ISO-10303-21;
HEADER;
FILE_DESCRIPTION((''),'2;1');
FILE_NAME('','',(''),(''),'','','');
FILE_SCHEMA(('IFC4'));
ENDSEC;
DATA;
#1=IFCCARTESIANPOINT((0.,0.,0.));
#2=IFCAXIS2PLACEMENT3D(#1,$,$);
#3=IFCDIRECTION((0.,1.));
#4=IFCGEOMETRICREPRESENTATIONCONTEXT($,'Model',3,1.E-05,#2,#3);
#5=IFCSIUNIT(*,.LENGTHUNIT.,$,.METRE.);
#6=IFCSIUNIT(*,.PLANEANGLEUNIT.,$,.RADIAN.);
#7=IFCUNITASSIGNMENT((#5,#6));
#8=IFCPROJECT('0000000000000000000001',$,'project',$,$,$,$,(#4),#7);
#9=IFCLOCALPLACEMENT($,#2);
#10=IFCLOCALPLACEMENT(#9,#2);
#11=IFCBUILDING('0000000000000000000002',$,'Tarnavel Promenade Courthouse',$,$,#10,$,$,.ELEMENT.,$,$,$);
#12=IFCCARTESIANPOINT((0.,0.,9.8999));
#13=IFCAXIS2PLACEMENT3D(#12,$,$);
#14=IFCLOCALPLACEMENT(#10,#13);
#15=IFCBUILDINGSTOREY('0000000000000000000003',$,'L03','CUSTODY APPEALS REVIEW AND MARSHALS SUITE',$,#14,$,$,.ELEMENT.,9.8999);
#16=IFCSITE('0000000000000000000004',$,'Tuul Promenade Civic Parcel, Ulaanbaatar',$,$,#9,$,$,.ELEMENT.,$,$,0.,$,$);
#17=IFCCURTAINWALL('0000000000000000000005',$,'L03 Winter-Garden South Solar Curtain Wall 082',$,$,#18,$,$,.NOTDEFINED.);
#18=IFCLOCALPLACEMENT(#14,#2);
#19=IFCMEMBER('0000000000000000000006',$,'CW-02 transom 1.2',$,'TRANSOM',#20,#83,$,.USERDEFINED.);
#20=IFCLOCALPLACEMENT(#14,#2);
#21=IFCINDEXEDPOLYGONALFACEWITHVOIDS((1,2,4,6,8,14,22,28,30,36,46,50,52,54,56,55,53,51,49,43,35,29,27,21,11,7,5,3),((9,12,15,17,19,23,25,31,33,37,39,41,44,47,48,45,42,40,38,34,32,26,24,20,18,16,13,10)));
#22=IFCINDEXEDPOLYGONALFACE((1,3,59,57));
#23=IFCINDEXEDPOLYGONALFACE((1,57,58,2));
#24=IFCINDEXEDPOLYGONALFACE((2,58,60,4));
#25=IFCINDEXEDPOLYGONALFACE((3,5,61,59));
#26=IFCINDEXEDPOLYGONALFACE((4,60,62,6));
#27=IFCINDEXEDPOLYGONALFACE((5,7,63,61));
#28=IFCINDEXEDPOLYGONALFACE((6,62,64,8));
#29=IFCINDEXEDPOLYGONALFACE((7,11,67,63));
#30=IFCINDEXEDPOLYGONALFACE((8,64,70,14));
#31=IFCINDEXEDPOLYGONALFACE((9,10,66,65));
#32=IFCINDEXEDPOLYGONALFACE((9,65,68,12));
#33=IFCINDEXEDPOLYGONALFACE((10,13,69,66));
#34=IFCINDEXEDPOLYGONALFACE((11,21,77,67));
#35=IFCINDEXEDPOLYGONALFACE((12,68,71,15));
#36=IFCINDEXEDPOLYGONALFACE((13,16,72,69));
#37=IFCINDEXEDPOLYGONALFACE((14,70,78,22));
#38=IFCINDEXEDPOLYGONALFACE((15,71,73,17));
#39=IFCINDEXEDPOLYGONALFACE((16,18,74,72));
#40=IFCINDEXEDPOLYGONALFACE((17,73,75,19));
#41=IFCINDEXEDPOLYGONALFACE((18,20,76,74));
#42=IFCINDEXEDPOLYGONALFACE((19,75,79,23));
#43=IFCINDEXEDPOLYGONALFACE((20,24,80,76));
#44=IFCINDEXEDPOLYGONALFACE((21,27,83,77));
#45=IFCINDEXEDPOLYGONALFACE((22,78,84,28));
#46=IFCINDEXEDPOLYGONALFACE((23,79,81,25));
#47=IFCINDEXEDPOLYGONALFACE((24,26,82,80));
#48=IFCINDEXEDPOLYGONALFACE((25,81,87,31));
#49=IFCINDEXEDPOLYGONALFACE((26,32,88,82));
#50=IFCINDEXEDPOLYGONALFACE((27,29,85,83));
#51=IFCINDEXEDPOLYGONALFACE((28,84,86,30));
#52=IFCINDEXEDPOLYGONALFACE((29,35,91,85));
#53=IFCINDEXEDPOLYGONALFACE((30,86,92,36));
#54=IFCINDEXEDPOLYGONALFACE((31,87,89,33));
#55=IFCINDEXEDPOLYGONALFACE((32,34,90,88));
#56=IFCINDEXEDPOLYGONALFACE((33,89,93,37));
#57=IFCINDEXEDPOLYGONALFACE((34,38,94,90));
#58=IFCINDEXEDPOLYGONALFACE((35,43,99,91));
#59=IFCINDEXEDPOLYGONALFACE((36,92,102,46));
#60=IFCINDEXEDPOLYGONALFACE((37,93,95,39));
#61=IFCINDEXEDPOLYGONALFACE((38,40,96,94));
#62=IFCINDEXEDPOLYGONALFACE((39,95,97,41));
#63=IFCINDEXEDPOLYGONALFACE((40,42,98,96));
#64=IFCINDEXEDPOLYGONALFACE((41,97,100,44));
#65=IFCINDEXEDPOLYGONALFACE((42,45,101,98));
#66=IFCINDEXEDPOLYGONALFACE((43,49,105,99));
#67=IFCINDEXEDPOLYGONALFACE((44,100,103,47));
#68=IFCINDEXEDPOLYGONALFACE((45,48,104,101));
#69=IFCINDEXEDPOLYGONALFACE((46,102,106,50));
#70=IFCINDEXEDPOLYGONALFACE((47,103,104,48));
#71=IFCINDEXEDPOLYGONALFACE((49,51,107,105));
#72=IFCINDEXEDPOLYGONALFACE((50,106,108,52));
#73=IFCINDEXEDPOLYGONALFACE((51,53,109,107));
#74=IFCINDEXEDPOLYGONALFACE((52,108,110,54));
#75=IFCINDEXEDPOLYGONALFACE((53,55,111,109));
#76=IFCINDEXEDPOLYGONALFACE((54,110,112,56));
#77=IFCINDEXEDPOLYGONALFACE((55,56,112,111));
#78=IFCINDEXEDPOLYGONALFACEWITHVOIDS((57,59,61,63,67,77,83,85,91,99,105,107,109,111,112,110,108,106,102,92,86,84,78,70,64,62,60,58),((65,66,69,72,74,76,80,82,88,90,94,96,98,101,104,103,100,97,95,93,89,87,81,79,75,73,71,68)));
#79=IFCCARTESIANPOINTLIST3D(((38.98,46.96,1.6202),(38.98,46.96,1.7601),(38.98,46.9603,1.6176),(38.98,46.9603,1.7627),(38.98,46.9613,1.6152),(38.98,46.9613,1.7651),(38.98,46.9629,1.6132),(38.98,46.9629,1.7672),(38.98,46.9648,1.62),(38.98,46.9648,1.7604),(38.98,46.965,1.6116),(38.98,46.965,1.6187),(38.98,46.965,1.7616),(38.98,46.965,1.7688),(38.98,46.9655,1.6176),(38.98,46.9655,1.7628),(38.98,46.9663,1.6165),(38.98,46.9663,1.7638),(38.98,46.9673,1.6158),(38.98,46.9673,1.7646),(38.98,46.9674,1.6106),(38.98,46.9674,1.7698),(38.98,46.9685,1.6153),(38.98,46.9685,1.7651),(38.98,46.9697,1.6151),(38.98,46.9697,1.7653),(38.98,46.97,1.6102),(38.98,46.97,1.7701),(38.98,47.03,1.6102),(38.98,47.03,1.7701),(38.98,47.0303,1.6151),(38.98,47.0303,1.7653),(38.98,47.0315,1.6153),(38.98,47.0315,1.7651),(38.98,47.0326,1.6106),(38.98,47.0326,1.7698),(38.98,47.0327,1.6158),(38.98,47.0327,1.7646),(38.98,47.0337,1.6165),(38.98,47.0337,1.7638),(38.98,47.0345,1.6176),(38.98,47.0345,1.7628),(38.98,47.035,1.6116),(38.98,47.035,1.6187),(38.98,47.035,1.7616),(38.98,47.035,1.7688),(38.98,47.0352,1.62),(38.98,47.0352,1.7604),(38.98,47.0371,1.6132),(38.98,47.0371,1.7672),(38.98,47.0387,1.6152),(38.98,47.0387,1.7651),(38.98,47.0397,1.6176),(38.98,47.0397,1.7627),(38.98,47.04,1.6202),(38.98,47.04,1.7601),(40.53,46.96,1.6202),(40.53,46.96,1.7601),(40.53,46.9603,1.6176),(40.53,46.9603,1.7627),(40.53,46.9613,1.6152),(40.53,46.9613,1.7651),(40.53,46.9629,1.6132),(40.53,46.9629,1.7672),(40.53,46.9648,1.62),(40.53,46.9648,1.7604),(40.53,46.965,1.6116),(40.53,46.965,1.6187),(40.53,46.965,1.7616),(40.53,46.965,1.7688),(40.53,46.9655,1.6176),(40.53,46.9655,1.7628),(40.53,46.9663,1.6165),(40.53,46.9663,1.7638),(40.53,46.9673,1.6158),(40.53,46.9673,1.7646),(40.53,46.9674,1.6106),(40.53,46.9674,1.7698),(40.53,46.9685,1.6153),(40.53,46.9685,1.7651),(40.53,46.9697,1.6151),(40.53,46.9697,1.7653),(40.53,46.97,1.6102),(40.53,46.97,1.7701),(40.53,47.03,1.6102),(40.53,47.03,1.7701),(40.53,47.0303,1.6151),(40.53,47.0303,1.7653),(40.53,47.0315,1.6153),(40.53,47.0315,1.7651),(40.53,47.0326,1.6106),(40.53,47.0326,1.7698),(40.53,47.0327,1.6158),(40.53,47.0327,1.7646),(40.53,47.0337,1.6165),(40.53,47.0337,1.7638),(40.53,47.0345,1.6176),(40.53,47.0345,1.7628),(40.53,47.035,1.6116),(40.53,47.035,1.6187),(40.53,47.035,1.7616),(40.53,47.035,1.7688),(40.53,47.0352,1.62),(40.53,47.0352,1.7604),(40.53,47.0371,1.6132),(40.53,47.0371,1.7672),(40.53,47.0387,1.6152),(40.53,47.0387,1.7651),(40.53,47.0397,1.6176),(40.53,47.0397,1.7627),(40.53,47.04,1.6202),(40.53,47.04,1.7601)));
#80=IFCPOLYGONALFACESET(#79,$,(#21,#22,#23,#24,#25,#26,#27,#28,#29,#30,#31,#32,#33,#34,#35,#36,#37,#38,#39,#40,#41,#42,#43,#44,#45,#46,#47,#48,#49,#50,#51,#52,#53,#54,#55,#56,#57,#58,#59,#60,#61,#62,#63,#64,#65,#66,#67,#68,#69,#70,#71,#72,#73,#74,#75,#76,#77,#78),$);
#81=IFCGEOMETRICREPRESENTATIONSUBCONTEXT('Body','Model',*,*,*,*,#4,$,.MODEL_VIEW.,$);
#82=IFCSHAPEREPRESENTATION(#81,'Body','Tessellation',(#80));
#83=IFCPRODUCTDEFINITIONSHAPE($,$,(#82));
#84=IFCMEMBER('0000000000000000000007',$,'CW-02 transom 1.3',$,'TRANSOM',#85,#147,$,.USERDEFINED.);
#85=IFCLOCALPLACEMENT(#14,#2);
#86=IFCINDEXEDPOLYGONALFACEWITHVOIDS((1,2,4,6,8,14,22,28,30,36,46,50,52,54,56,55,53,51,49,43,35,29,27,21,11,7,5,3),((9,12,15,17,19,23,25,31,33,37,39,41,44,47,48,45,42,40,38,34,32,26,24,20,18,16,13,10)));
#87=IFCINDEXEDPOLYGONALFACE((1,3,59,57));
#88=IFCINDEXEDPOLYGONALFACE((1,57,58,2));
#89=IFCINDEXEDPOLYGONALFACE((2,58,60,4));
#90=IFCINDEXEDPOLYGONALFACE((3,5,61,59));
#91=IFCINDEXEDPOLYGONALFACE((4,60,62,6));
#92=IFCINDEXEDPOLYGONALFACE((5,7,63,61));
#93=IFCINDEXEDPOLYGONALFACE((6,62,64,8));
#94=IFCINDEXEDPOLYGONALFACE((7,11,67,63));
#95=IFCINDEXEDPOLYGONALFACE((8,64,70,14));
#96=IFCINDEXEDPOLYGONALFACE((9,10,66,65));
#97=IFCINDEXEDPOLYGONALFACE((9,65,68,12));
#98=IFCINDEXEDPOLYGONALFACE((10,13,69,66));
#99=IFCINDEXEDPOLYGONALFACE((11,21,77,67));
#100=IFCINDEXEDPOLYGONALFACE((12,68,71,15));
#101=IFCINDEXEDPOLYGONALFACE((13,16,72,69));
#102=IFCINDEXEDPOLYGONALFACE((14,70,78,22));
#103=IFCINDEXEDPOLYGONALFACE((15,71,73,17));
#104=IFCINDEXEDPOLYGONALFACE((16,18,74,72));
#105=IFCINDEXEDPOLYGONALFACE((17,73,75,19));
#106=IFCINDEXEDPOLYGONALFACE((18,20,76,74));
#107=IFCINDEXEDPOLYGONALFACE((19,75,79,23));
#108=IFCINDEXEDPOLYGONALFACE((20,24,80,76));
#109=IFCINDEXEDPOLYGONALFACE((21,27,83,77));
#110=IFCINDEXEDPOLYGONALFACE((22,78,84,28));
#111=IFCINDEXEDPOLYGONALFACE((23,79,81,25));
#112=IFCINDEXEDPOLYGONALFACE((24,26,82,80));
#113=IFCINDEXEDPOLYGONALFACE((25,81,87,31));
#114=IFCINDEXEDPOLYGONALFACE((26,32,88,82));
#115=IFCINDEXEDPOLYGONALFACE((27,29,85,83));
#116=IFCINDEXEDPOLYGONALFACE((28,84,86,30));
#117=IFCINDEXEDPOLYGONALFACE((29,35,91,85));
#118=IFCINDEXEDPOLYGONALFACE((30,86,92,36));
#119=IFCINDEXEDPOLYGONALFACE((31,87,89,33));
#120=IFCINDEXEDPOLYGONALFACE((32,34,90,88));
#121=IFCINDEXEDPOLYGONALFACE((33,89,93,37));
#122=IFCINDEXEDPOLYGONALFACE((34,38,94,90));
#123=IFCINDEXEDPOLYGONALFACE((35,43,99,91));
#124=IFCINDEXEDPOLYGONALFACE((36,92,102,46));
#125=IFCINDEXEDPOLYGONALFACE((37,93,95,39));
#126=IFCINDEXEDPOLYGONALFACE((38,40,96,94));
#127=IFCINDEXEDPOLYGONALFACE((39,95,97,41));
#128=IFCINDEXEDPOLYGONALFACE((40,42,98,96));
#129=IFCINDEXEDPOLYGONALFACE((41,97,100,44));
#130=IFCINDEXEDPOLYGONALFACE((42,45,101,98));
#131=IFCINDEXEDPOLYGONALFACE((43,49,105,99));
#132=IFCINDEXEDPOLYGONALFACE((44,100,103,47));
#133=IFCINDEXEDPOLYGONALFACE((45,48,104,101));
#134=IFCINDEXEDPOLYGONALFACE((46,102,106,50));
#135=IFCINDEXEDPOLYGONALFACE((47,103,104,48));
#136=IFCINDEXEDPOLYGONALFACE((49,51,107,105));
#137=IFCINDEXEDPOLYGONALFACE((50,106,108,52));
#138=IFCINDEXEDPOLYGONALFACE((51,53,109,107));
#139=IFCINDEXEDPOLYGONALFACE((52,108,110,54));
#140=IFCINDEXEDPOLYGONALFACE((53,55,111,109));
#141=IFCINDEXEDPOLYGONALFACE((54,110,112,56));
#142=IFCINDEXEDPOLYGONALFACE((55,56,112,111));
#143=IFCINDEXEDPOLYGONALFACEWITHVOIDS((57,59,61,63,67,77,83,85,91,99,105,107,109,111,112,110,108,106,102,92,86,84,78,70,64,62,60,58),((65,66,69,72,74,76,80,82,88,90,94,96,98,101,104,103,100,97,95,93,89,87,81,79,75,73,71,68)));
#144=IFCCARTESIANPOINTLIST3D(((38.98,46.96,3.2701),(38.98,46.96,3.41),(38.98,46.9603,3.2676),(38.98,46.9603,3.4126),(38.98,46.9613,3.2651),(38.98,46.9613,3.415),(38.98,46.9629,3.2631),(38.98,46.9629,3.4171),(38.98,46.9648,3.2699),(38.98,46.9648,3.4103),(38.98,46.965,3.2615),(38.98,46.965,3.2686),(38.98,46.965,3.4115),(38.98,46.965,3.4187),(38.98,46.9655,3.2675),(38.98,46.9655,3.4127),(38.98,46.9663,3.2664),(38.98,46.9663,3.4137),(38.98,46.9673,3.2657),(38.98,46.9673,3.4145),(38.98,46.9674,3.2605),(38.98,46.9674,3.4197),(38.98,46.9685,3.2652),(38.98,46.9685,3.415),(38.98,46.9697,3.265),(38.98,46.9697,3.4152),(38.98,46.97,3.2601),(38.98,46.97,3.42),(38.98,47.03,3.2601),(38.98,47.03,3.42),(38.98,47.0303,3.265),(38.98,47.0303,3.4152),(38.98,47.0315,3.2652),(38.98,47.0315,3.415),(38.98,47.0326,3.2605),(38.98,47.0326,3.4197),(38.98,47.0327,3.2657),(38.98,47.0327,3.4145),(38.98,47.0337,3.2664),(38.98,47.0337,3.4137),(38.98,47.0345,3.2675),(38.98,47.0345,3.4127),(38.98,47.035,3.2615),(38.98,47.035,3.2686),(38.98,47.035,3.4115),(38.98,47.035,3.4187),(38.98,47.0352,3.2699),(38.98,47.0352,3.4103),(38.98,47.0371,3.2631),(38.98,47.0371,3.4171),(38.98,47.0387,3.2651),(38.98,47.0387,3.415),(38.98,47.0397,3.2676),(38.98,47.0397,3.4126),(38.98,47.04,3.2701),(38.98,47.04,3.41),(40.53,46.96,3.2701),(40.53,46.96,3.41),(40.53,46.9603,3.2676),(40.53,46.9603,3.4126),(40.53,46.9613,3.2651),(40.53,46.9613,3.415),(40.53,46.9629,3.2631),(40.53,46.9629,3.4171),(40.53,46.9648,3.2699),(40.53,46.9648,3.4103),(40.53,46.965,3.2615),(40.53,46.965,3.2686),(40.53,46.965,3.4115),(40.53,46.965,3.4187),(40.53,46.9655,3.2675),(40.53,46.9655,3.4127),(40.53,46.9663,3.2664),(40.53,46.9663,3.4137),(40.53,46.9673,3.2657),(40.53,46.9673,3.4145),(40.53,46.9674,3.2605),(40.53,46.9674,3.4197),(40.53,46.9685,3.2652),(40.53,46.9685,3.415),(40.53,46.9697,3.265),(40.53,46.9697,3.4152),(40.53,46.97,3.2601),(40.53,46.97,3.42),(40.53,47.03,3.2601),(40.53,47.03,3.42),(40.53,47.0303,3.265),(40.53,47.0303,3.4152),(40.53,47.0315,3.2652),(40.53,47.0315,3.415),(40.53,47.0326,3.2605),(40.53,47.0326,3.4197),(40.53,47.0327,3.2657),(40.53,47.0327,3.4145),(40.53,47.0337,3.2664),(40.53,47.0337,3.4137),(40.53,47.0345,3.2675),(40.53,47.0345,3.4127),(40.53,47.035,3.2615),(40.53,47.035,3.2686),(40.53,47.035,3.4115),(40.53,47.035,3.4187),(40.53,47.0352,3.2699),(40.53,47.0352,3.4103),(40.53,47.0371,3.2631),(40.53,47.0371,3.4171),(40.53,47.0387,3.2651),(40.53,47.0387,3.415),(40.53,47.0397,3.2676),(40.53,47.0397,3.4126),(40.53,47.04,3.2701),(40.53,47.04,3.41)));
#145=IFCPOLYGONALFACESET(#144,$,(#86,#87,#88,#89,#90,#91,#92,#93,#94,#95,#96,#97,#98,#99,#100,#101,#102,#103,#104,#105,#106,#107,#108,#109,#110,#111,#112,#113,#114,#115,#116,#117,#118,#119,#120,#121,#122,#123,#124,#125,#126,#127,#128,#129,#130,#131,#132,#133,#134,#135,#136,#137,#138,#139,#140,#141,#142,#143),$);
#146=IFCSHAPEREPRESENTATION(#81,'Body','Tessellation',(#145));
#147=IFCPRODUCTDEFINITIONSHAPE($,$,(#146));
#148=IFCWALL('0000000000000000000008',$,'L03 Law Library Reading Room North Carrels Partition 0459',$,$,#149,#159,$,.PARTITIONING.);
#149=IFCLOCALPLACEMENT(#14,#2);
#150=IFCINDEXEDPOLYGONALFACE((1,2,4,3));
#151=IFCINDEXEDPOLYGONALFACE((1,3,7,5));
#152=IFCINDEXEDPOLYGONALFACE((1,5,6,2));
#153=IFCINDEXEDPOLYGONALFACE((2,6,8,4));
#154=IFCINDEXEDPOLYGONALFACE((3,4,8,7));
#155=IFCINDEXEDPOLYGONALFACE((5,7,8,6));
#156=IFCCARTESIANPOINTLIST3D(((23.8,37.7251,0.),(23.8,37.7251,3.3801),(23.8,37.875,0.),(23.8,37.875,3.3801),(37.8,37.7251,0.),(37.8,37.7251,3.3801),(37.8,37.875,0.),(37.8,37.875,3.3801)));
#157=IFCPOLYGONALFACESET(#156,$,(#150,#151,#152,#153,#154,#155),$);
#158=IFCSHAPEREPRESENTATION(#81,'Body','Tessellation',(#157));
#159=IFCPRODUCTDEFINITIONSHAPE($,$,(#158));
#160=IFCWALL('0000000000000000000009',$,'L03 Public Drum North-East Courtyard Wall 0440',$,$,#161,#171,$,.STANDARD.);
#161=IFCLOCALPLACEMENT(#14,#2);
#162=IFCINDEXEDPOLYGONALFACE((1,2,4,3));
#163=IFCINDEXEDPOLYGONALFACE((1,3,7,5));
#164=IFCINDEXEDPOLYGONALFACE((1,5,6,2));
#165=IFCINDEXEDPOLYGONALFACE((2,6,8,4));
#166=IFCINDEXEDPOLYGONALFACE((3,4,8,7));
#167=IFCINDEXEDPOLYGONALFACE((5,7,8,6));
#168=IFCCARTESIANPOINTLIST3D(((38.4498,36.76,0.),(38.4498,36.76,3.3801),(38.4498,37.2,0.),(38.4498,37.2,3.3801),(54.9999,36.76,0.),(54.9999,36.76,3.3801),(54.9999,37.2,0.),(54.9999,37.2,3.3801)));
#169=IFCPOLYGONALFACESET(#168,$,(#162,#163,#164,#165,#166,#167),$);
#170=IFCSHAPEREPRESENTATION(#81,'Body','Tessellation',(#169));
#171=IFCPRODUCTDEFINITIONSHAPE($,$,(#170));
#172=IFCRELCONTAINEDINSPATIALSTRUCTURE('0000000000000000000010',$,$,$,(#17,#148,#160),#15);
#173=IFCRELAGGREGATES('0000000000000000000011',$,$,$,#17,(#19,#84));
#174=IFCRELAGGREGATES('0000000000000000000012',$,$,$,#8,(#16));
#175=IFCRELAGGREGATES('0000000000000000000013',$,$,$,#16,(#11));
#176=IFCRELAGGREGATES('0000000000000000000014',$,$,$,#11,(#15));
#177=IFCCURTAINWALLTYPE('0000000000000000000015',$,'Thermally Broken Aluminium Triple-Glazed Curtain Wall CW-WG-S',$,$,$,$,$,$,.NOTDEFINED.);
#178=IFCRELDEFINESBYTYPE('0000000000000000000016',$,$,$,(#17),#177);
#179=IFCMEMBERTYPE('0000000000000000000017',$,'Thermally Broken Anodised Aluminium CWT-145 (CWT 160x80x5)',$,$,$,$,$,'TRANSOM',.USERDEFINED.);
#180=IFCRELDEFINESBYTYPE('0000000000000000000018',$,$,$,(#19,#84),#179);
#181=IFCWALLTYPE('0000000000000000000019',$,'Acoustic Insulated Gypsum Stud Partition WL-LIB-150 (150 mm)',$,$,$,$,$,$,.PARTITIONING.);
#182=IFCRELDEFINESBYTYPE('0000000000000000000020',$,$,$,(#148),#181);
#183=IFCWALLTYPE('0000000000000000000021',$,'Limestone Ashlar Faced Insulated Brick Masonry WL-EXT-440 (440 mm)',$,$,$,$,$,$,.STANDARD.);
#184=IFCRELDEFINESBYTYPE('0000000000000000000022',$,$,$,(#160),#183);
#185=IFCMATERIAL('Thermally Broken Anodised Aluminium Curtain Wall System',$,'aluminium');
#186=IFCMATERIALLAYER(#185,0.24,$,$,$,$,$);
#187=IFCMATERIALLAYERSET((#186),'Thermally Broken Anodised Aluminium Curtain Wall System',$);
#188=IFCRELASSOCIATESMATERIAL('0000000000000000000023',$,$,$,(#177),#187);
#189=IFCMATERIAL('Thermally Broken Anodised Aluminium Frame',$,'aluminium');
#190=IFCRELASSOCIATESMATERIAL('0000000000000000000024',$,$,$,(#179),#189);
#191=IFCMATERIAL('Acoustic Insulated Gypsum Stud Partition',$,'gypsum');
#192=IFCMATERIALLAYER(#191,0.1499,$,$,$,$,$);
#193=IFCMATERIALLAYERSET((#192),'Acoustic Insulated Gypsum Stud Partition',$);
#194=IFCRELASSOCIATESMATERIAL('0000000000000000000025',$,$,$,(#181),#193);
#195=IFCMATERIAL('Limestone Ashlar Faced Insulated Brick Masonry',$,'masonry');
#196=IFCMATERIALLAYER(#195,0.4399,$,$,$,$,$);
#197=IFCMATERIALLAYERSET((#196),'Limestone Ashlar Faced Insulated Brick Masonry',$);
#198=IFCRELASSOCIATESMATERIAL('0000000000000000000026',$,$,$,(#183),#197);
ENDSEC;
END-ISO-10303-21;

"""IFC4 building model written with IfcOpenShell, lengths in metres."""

from ifc_helpers import new_model, si_unit, direction, frame, frame_2d, origin, origin_2d, place, context, subcontext, project, spatial, rectangle, hollow_rectangle, extrude, material, layer, layer_set, material_profile, profile_set, type_object, element, aggregate, save


model = new_model("IFC4")

# Units and contexts
model_context = context("Model", 3, precision=1e-05, world=origin(), true_north=direction((0.0, 1.0)))
body_context = subcontext(model_context, "Body", "Model", "MODEL_VIEW")
ifc_project = project(units=[si_unit("LENGTHUNIT", "METRE"), si_unit("PLANEANGLEUNIT", "RADIAN")], contexts=[model_context])

# Site, building, storey
site_placement = place(None, origin())
site = spatial("IfcSite", under=ifc_project, at=site_placement, Name="Tuul Promenade Civic Parcel, Ulaanbaatar", CompositionType="ELEMENT", RefElevation=0.0)
building_placement = place(site_placement, origin())
building = spatial("IfcBuilding", under=site, at=building_placement, Name="Tarnavel Promenade Courthouse", CompositionType="ELEMENT")
storey_placement = place(building_placement, frame((0.0, 0.0, 9.8999)))
storey = spatial("IfcBuildingStorey", under=building, at=storey_placement, Name="L03", Description="CUSTODY APPEALS REVIEW AND MARSHALS SUITE", CompositionType="ELEMENT", Elevation=9.8999)

# Curtain wall, members
ifc_material_1 = material(Name="Thermally Broken Anodised Aluminium Curtain Wall System", Category="aluminium")
ifc_layer_1 = layer(ifc_material_1, 0.24)
ifc_layer_set_1 = layer_set([ifc_layer_1], Name="Thermally Broken Anodised Aluminium Curtain Wall System")
curtain_wall_type = type_object("IfcCurtainWallType", Name="Thermally Broken Aluminium Triple-Glazed Curtain Wall CW-WG-S", PredefinedType="NOTDEFINED", material=ifc_layer_set_1)
curtain_wall_placement = place(storey_placement, origin())
curtain_wall = element("IfcCurtainWall", 1, at=curtain_wall_placement, inside=storey, type_object=curtain_wall_type, Name="L03 Winter-Garden South Solar Curtain Wall 082", PredefinedType="NOTDEFINED")
ifc_material_2 = material(Name="Thermally Broken Anodised Aluminium Frame", Category="aluminium")
ifc_material_profile_1 = material_profile(ifc_material_2, hollow_rectangle(XDim=0.0801, YDim=0.1599, WallThickness=0.0049, InnerFilletRadius=0.0049, OuterFilletRadius=0.01, at=origin_2d()), Name="CWT 160x80x5")
ifc_profile_set_1 = profile_set([ifc_material_profile_1], Name="Thermally Broken Anodised Aluminium Frame")
member_type_1 = type_object("IfcMemberType", Name="Thermally Broken Anodised Aluminium CWT-145 (CWT 160x80x5)", ElementType="TRANSOM", PredefinedType="USERDEFINED", material=ifc_profile_set_1)
member_1_placement = place(storey_placement, frame((38.98, 47.0, 1.6902), z_axis=(1.0, 0.0, 0.0), x_axis=(0.0, 1.0, 0.0)))
member_1 = element("IfcMember", 2, at=member_1_placement, type_object=member_type_1, Name="CW-02 transom 1.2", ObjectType="TRANSOM", PredefinedType="USERDEFINED", context=body_context, shape_type="SweptSolid", body=[
    extrude(hollow_rectangle(XDim=0.0801, YDim=0.1599, WallThickness=0.0049, InnerFilletRadius=0.0049, OuterFilletRadius=0.01, at=origin_2d()), origin(), (0.0, 0.0, 1.0), 1.55),
])
member_2_placement = place(storey_placement, frame((38.98, 47.0, 3.3401), z_axis=(1.0, 0.0, 0.0), x_axis=(0.0, 1.0, 0.0)))
member_2 = element("IfcMember", 3, at=member_2_placement, type_object=member_type_1, Name="CW-02 transom 1.3", ObjectType="TRANSOM", PredefinedType="USERDEFINED", context=body_context, shape_type="SweptSolid", body=[
    extrude(hollow_rectangle(XDim=0.0801, YDim=0.1599, WallThickness=0.0049, InnerFilletRadius=0.0049, OuterFilletRadius=0.01, at=origin_2d()), origin(), (0.0, 0.0, 1.0), 1.55),
])
aggregate(curtain_wall, [member_1, member_2])

# Walls
ifc_material_3 = material(Name="Acoustic Insulated Gypsum Stud Partition", Category="gypsum")
ifc_layer_2 = layer(ifc_material_3, 0.1499)
ifc_layer_set_2 = layer_set([ifc_layer_2], Name="Acoustic Insulated Gypsum Stud Partition")
wall_type_1 = type_object("IfcWallType", Name="Acoustic Insulated Gypsum Stud Partition WL-LIB-150 (150 mm)", PredefinedType="PARTITIONING", material=ifc_layer_set_2)
wall_1_placement = place(storey_placement, frame((37.8, 37.8, 0.0), z_axis=(0.0, 0.0, 1.0), x_axis=(-1.0, 0.0, 0.0)))
element("IfcWall", 4, at=wall_1_placement, inside=storey, type_object=wall_type_1, Name="L03 Law Library Reading Room North Carrels Partition 0459", PredefinedType="PARTITIONING", context=body_context, shape_type="SweptSolid", body=[
    extrude(rectangle(XDim=14.0, YDim=0.1499, at=frame_2d((7.0, 0.0))), origin(), (0.0, 0.0, 1.0), 3.3801),
])
ifc_material_4 = material(Name="Limestone Ashlar Faced Insulated Brick Masonry", Category="masonry")
ifc_layer_3 = layer(ifc_material_4, 0.4399)
ifc_layer_set_3 = layer_set([ifc_layer_3], Name="Limestone Ashlar Faced Insulated Brick Masonry")
wall_type_2 = type_object("IfcWallType", Name="Limestone Ashlar Faced Insulated Brick Masonry WL-EXT-440 (440 mm)", PredefinedType="STANDARD", material=ifc_layer_set_3)
wall_2_placement = place(storey_placement, frame((38.45, 36.98, 0.0), z_axis=(0.0, 0.0, 1.0), x_axis=(1.0, 0.0, 0.0)))
element("IfcWall", 5, at=wall_2_placement, inside=storey, type_object=wall_type_2, Name="L03 Public Drum North-East Courtyard Wall 0440", PredefinedType="STANDARD", context=body_context, shape_type="SweptSolid", body=[
    extrude(rectangle(XDim=16.55, YDim=0.4399, at=frame_2d((8.2749, 0.0))), origin(), (0.0, 0.0, 1.0), 3.3801),
])

save(model, "model.ifc")
